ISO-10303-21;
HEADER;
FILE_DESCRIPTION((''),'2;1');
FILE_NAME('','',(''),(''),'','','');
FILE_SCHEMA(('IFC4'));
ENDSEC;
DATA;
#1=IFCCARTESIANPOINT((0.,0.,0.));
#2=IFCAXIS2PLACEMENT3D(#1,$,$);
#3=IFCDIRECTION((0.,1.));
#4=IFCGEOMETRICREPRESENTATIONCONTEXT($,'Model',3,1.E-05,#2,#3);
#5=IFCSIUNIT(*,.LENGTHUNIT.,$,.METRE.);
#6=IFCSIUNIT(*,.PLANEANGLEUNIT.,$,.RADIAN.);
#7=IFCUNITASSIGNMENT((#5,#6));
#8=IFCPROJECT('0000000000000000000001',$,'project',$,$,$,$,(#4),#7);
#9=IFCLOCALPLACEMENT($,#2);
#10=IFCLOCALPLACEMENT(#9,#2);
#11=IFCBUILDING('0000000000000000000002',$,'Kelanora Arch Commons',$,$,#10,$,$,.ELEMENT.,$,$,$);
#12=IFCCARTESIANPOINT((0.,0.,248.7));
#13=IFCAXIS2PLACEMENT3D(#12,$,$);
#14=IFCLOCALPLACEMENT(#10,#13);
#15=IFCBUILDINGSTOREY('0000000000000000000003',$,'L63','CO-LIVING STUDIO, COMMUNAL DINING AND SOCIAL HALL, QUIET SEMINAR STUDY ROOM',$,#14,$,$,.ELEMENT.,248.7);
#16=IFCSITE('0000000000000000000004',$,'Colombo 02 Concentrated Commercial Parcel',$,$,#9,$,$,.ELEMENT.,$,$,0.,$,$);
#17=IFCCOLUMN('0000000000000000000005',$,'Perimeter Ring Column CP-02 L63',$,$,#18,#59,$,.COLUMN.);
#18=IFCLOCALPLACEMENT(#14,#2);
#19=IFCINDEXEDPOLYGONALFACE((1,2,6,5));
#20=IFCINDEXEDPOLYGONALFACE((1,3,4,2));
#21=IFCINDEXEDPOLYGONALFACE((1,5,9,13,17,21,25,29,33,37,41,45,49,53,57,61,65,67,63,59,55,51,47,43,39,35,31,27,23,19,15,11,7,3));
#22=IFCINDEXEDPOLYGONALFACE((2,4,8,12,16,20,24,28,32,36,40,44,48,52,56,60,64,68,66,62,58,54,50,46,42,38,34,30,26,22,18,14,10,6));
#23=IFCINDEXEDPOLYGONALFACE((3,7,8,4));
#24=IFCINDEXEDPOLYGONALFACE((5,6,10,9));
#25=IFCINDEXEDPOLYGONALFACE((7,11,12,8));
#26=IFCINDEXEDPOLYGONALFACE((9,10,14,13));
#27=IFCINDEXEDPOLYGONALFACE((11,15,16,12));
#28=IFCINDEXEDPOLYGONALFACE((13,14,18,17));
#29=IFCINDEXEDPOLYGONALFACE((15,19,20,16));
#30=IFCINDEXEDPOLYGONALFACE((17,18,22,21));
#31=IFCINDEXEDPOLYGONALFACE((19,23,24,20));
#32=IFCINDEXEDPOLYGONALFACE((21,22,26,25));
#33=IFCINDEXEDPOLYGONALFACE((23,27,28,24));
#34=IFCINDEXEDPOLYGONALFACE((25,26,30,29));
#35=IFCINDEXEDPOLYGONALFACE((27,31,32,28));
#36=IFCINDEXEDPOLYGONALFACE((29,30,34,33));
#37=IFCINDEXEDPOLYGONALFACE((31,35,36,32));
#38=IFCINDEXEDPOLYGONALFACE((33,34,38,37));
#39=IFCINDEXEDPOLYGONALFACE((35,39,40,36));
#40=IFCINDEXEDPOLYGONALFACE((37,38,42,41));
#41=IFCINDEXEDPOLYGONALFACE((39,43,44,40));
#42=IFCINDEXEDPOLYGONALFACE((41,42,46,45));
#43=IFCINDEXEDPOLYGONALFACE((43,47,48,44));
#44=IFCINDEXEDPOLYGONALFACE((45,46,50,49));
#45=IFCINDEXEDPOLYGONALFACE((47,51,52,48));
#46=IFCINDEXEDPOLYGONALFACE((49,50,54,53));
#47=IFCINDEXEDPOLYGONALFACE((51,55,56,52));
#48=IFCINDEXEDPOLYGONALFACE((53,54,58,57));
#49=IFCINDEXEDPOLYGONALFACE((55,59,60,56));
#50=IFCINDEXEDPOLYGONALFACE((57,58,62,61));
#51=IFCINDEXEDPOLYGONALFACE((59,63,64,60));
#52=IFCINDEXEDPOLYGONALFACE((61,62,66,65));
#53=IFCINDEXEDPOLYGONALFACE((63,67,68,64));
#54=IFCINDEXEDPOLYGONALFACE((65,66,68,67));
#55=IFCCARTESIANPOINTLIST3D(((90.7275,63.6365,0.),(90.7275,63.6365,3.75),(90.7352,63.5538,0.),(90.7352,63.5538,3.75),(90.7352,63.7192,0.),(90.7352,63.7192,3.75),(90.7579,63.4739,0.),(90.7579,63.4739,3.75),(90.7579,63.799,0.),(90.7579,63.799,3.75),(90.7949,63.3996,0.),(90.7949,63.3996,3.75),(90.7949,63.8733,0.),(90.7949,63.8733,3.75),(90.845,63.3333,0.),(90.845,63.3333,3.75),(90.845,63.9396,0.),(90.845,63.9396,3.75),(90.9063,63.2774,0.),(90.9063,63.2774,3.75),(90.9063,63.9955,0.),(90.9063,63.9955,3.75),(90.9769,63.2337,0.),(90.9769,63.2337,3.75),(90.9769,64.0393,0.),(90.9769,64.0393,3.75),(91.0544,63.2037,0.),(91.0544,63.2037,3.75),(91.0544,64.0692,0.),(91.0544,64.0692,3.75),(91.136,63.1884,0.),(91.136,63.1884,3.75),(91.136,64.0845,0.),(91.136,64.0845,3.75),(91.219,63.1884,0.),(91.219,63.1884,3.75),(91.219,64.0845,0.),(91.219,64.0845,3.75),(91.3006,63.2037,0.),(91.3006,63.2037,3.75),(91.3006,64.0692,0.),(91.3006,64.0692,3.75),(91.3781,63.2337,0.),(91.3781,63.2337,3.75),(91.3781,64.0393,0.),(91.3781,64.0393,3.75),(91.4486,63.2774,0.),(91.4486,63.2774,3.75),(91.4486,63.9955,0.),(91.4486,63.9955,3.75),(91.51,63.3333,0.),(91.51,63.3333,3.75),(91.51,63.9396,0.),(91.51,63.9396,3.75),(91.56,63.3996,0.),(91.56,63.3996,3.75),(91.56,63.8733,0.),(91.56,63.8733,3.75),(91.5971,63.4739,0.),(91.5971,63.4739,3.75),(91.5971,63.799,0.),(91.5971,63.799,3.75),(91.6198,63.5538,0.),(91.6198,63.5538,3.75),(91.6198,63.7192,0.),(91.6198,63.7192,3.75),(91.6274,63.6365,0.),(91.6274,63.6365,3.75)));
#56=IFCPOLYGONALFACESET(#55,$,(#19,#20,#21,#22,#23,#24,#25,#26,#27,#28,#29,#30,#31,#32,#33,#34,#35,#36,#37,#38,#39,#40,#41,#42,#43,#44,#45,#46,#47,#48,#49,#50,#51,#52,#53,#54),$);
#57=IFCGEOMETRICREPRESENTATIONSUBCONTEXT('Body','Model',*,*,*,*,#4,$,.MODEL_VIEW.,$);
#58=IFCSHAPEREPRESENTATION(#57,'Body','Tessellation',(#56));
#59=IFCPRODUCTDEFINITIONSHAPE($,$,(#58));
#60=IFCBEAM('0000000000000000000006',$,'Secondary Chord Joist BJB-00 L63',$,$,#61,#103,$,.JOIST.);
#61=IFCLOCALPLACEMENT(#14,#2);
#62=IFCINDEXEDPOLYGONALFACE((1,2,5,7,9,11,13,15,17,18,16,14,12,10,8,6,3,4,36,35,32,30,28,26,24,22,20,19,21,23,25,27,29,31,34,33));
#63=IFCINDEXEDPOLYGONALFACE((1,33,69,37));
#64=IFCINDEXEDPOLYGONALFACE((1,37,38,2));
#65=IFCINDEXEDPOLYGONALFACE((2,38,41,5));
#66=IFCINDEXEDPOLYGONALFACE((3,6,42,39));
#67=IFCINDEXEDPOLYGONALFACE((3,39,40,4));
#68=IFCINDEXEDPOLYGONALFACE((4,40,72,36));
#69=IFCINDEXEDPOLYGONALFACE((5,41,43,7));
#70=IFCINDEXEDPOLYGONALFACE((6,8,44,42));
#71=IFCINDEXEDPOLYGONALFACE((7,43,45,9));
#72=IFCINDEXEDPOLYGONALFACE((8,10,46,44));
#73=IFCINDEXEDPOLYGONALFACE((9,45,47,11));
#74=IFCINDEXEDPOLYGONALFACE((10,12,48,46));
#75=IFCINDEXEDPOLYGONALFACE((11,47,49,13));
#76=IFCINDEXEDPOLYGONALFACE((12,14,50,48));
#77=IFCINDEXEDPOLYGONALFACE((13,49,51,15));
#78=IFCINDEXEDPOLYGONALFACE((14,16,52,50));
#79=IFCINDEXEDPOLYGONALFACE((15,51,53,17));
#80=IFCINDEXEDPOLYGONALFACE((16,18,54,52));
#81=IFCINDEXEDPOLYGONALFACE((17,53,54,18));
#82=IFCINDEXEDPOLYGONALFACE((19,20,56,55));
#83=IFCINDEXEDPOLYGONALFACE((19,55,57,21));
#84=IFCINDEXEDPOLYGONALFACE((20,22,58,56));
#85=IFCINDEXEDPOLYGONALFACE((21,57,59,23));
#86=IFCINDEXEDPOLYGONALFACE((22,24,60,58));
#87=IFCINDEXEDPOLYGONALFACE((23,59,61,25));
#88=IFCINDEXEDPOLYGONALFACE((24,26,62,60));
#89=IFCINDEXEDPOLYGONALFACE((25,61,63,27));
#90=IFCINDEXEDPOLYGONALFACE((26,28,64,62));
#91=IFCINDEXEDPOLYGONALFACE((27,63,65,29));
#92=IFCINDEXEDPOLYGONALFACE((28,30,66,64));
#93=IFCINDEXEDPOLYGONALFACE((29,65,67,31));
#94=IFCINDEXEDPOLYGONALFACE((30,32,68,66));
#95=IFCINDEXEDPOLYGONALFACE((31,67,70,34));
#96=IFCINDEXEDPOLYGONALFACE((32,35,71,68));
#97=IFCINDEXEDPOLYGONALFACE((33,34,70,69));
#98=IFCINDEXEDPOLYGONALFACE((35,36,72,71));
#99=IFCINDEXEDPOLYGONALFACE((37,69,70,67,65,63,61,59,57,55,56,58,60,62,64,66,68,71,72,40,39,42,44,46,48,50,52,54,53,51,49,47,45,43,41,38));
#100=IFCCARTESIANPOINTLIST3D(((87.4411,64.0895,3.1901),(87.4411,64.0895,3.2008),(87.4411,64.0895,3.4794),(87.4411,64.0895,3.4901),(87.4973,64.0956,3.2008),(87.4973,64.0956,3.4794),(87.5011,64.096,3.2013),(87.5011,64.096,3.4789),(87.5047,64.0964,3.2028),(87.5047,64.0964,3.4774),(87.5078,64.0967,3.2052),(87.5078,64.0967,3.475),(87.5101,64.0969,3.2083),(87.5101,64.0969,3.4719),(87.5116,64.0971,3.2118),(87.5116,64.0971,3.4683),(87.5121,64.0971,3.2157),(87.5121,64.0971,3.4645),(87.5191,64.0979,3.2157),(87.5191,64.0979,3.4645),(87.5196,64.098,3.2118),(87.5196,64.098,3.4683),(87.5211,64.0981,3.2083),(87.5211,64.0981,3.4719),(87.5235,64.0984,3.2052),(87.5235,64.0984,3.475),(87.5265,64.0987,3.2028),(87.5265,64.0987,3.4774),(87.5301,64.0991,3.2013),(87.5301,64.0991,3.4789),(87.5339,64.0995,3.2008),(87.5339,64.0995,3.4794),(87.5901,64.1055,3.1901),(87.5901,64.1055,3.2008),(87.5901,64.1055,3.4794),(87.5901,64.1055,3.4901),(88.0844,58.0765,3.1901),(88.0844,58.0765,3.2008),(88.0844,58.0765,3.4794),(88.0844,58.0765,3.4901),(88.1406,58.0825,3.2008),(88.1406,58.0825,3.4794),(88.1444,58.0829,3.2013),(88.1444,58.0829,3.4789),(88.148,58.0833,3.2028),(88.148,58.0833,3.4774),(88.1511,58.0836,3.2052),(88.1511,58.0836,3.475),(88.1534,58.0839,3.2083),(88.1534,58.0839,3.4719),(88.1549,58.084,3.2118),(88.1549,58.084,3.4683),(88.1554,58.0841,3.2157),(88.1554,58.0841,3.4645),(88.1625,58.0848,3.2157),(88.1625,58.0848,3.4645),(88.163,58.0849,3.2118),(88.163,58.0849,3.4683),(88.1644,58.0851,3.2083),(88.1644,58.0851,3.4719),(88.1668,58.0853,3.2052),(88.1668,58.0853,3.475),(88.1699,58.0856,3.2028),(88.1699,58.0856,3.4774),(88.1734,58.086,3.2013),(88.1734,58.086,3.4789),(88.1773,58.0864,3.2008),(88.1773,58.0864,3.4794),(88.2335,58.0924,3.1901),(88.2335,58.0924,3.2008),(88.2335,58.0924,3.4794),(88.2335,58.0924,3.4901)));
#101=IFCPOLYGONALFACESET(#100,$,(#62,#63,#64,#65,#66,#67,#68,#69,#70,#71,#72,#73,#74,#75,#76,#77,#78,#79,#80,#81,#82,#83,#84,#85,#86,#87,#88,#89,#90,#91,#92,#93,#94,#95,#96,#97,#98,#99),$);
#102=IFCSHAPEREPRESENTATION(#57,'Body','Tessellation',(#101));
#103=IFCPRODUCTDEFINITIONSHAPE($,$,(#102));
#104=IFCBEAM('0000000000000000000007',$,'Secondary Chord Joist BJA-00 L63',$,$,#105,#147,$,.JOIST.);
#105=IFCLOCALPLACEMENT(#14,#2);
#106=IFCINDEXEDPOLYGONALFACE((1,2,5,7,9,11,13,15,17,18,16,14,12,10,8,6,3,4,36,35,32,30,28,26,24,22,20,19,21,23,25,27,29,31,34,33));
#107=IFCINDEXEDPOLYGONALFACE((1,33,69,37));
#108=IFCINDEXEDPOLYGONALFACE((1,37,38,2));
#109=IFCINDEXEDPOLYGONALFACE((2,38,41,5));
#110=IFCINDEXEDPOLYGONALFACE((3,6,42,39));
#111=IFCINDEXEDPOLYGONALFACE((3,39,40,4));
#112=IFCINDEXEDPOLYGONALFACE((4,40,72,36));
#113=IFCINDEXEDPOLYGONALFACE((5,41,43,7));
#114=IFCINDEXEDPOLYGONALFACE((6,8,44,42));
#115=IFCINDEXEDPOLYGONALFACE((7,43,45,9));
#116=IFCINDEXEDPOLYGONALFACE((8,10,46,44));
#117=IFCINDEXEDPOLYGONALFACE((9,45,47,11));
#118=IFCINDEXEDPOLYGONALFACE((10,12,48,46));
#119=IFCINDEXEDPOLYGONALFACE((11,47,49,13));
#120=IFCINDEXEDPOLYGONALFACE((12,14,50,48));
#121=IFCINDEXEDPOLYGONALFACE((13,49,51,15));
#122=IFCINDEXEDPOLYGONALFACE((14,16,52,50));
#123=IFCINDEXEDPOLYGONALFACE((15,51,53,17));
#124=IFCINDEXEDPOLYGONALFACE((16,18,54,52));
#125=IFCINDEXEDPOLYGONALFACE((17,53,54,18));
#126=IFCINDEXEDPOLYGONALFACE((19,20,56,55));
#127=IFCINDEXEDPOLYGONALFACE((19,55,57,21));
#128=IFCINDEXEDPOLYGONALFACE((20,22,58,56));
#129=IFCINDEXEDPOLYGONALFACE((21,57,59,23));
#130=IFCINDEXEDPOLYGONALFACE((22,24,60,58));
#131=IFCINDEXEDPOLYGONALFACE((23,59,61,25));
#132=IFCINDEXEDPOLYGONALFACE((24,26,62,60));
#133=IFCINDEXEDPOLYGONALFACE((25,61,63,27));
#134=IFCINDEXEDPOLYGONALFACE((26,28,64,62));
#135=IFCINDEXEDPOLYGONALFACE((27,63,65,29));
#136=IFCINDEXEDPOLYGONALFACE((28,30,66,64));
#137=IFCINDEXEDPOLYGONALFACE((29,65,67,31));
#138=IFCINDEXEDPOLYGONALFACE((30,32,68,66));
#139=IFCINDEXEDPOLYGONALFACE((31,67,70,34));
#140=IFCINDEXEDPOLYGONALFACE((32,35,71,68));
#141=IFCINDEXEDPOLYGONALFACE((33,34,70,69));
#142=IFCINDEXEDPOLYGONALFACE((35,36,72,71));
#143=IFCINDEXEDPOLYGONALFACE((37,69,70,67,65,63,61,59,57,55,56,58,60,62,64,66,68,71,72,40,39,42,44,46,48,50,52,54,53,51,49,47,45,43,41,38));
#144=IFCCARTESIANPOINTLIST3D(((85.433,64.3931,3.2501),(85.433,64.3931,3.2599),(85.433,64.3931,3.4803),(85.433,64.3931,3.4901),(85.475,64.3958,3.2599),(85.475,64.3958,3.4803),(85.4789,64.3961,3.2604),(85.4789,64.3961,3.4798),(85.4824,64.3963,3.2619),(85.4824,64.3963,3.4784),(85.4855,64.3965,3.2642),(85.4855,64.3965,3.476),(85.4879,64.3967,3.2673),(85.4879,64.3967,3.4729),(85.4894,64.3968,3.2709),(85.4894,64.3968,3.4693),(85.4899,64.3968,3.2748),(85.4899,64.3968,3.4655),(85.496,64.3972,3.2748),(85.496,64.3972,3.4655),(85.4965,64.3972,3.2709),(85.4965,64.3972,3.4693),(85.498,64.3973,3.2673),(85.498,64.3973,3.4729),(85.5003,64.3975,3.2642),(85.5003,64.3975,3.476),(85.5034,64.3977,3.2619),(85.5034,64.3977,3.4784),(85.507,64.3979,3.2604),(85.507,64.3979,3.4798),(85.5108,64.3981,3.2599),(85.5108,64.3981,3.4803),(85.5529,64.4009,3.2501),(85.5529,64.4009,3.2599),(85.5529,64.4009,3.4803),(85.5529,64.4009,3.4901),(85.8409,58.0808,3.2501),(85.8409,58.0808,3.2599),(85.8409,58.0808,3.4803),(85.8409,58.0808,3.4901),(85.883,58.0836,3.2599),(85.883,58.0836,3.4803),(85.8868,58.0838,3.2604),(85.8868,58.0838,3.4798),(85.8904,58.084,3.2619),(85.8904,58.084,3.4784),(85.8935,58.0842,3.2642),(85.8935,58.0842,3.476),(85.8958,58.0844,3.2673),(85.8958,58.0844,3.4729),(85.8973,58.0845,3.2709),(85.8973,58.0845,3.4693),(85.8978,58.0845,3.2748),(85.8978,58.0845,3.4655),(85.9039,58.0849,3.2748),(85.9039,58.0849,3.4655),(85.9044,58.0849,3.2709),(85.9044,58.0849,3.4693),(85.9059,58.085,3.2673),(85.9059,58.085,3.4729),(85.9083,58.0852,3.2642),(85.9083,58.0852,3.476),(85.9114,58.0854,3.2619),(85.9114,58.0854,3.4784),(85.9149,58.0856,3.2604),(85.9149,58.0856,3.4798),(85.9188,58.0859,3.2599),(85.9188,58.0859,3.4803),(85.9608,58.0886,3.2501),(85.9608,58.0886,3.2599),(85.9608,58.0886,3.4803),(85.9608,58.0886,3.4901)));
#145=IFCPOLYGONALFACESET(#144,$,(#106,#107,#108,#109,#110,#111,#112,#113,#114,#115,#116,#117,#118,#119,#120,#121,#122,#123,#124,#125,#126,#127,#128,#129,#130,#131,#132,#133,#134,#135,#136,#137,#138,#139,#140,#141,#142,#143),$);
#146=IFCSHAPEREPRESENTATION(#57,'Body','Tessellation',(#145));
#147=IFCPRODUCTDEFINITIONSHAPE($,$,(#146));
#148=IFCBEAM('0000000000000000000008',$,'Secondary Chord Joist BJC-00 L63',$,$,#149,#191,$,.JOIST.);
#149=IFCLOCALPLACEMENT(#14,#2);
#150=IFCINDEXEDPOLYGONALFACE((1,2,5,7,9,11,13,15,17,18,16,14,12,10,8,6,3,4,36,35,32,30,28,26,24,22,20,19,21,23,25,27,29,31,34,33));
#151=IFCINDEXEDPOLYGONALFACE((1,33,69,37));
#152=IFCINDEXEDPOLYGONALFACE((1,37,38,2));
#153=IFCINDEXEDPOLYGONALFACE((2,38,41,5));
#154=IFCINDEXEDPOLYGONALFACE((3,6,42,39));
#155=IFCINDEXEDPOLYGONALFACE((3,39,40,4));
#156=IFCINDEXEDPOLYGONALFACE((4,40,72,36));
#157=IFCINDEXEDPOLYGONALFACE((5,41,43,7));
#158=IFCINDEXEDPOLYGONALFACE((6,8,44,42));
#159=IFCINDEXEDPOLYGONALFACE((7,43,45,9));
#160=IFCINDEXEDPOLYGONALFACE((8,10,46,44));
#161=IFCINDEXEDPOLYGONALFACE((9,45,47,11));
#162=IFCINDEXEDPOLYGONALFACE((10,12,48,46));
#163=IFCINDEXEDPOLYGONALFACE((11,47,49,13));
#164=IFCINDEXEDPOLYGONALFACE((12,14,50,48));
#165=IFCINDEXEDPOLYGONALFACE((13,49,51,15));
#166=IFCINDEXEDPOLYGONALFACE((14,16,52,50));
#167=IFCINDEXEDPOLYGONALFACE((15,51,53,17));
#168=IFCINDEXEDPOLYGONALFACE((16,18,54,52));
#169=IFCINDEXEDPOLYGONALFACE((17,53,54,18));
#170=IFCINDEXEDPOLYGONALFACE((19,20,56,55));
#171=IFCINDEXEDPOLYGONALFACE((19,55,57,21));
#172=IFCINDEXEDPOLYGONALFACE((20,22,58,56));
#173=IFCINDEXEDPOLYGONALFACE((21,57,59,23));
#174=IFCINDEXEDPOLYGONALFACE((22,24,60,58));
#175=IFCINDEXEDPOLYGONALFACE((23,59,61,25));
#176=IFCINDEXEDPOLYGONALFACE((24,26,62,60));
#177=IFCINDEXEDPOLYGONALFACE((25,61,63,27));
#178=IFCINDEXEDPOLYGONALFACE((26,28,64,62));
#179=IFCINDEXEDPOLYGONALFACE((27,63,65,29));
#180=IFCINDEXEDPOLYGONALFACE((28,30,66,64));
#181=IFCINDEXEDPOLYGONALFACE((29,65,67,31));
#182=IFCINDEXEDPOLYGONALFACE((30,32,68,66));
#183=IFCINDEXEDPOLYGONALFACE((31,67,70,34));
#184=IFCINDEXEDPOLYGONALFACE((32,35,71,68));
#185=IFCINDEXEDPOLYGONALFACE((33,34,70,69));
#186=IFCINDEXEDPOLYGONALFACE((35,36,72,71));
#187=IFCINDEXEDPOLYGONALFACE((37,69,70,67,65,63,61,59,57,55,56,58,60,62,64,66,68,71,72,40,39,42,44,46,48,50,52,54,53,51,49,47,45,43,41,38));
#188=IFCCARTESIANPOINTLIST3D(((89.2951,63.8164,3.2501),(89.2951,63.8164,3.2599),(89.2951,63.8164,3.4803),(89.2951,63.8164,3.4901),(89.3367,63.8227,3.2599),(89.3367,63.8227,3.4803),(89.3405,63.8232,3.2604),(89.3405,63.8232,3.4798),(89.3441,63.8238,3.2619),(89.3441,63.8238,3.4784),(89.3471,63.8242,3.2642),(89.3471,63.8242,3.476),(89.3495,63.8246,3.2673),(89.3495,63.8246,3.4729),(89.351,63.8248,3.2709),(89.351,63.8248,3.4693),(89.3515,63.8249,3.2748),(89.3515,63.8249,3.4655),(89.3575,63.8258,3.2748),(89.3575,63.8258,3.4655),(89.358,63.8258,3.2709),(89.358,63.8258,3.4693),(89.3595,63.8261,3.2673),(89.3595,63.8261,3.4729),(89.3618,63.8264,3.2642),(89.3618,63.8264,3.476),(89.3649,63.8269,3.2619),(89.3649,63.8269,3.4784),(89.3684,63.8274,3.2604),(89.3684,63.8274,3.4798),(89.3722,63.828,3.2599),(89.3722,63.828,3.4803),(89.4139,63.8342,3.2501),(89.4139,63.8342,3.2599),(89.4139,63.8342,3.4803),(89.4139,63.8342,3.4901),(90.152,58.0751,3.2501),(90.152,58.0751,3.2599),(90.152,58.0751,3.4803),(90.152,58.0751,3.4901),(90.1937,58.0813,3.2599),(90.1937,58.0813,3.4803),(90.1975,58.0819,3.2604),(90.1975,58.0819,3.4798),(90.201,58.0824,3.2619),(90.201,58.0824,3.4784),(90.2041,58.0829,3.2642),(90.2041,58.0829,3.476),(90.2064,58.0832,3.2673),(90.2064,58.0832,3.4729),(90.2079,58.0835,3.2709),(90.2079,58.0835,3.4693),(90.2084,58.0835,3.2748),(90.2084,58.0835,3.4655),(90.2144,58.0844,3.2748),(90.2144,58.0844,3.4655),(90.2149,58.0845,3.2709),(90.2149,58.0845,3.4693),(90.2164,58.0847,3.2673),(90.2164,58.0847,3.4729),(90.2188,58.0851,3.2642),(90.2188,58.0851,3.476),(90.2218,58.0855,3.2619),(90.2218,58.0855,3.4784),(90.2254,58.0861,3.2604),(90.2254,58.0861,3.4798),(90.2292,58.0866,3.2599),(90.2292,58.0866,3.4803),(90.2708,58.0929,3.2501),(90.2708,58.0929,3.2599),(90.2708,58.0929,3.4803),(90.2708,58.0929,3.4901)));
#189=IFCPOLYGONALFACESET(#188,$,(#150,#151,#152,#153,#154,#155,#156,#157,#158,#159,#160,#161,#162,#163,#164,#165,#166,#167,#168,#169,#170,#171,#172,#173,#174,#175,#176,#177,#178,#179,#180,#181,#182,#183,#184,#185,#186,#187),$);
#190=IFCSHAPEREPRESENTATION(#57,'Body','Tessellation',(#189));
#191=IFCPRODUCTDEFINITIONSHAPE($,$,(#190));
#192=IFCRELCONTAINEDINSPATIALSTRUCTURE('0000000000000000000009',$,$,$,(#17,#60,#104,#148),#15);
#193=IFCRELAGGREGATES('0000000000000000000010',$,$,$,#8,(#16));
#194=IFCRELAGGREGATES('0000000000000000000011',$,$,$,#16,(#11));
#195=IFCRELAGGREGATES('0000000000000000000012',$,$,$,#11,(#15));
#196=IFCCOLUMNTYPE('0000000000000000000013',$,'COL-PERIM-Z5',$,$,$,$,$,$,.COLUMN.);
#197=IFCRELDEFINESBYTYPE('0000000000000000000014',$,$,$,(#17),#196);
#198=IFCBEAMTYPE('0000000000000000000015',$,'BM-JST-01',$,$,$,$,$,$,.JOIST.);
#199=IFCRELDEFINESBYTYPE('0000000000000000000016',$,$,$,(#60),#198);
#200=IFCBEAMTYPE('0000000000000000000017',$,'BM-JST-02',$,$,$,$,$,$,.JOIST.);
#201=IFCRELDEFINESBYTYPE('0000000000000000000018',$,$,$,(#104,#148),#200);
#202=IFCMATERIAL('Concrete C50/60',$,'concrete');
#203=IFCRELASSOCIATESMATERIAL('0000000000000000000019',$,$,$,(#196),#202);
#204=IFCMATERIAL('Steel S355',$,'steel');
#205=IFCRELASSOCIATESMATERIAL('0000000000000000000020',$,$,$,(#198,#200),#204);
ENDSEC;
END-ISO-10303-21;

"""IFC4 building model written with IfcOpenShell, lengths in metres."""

from ifc_helpers import new_model, si_unit, direction, frame, origin, origin_2d, place, context, subcontext, project, spatial, circle, i_section, extrude, material, material_profile, profile_set, type_object, element, save


model = new_model("IFC4")

# Units and contexts
model_context = context("Model", 3, precision=1e-05, world=origin(), true_north=direction((0.0, 1.0)))
body_context = subcontext(model_context, "Body", "Model", "MODEL_VIEW")
ifc_project = project(units=[si_unit("LENGTHUNIT", "METRE"), si_unit("PLANEANGLEUNIT", "RADIAN")], contexts=[model_context])

# Site, building, storey
site_placement = place(None, origin())
site = spatial("IfcSite", under=ifc_project, at=site_placement, Name="Colombo 02 Concentrated Commercial Parcel", CompositionType="ELEMENT", RefElevation=0.0)
building_placement = place(site_placement, origin())
building = spatial("IfcBuilding", under=site, at=building_placement, Name="Kelanora Arch Commons", CompositionType="ELEMENT")
storey_placement = place(building_placement, frame((0.0, 0.0, 248.7)))
storey = spatial("IfcBuildingStorey", under=building, at=storey_placement, Name="L63", Description="CO-LIVING STUDIO, COMMUNAL DINING AND SOCIAL HALL, QUIET SEMINAR STUDY ROOM", CompositionType="ELEMENT", Elevation=248.7)

# Column
ifc_material_1 = material(Name="Concrete C50/60", Category="concrete")
ifc_material_profile_1 = material_profile(ifc_material_1, circle(Radius=0.45, at=origin_2d()), Name="RCC900")
ifc_profile_set_1 = profile_set([ifc_material_profile_1], Name="Concrete C50/60")
column_type = type_object("IfcColumnType", Name="COL-PERIM-Z5", PredefinedType="COLUMN", material=ifc_profile_set_1)
column_placement = place(storey_placement, frame((91.1775, 63.6365, 0.0), z_axis=(0.0, 0.0, 1.0), x_axis=(1.0, 0.0, 0.0)))
element("IfcColumn", 1, at=column_placement, inside=storey, type_object=column_type, Name="Perimeter Ring Column CP-02 L63", PredefinedType="COLUMN", context=body_context, shape_type="SweptSolid", body=[
    extrude(circle(Radius=0.45, at=origin_2d()), origin(), (0.0, 0.0, 1.0), 3.75),
])

# Beams
ifc_material_2 = material(Name="Steel S355", Category="steel")
ifc_material_profile_2 = material_profile(ifc_material_2, i_section(OverallWidth=0.1499, OverallDepth=0.3, WebThickness=0.0071, FlangeThickness=0.0107, FilletRadius=0.0149, at=origin_2d()), Name="IPE300")
ifc_profile_set_2 = profile_set([ifc_material_profile_2], Name="Steel S355")
beam_type_1 = type_object("IfcBeamType", Name="BM-JST-01", PredefinedType="JOIST", material=ifc_profile_set_2)
beam_1_placement = place(storey_placement, frame((88.1589, 58.0845, 3.3401), z_axis=(-0.106381, 0.994325, 0.0), x_axis=(-0.994325, -0.106381, 0.0)))
element("IfcBeam", 2, at=beam_1_placement, inside=storey, type_object=beam_type_1, Name="Secondary Chord Joist BJB-00 L63", PredefinedType="JOIST", context=body_context, shape_type="SweptSolid", body=[
    extrude(i_section(OverallWidth=0.1499, OverallDepth=0.3, WebThickness=0.0071, FlangeThickness=0.0107, FilletRadius=0.0149, at=origin_2d()), origin(), (0.0, 0.0, 1.0), 6.0474),
])
ifc_material_profile_3 = material_profile(ifc_material_2, i_section(OverallWidth=0.1201, OverallDepth=0.24, WebThickness=0.0061, FlangeThickness=0.0098, FilletRadius=0.0149, at=origin_2d()), Name="IPE240")
ifc_profile_set_3 = profile_set([ifc_material_profile_3], Name="Steel S355")
beam_type_2 = type_object("IfcBeamType", Name="BM-JST-02", PredefinedType="JOIST", material=ifc_profile_set_3)
beam_2_placement = place(storey_placement, frame((85.9009, 58.0847, 3.3701), z_axis=(-0.064495, 0.997918, 0.0), x_axis=(-0.997918, -0.064495, 0.0)))
element("IfcBeam", 3, at=beam_2_placement, inside=storey, type_object=beam_type_2, Name="Secondary Chord Joist BJA-00 L63", PredefinedType="JOIST", context=body_context, shape_type="SweptSolid", body=[
    extrude(i_section(OverallWidth=0.1201, OverallDepth=0.24, WebThickness=0.0061, FlangeThickness=0.0098, FilletRadius=0.0149, at=origin_2d()), origin(), (0.0, 0.0, 1.0), 6.3254),
])
beam_3_placement = place(storey_placement, frame((90.2114, 58.084, 3.3701), z_axis=(-0.147625, 0.989043, 0.0), x_axis=(-0.989043, -0.147625, 0.0)))
element("IfcBeam", 4, at=beam_3_placement, inside=storey, type_object=beam_type_2, Name="Secondary Chord Joist BJC-00 L63", PredefinedType="JOIST", context=body_context, shape_type="SweptSolid", body=[
    extrude(i_section(OverallWidth=0.1201, OverallDepth=0.24, WebThickness=0.0061, FlangeThickness=0.0098, FilletRadius=0.0149, at=origin_2d()), origin(), (0.0, 0.0, 1.0), 5.8049),
])

save(model, "model.ifc")
